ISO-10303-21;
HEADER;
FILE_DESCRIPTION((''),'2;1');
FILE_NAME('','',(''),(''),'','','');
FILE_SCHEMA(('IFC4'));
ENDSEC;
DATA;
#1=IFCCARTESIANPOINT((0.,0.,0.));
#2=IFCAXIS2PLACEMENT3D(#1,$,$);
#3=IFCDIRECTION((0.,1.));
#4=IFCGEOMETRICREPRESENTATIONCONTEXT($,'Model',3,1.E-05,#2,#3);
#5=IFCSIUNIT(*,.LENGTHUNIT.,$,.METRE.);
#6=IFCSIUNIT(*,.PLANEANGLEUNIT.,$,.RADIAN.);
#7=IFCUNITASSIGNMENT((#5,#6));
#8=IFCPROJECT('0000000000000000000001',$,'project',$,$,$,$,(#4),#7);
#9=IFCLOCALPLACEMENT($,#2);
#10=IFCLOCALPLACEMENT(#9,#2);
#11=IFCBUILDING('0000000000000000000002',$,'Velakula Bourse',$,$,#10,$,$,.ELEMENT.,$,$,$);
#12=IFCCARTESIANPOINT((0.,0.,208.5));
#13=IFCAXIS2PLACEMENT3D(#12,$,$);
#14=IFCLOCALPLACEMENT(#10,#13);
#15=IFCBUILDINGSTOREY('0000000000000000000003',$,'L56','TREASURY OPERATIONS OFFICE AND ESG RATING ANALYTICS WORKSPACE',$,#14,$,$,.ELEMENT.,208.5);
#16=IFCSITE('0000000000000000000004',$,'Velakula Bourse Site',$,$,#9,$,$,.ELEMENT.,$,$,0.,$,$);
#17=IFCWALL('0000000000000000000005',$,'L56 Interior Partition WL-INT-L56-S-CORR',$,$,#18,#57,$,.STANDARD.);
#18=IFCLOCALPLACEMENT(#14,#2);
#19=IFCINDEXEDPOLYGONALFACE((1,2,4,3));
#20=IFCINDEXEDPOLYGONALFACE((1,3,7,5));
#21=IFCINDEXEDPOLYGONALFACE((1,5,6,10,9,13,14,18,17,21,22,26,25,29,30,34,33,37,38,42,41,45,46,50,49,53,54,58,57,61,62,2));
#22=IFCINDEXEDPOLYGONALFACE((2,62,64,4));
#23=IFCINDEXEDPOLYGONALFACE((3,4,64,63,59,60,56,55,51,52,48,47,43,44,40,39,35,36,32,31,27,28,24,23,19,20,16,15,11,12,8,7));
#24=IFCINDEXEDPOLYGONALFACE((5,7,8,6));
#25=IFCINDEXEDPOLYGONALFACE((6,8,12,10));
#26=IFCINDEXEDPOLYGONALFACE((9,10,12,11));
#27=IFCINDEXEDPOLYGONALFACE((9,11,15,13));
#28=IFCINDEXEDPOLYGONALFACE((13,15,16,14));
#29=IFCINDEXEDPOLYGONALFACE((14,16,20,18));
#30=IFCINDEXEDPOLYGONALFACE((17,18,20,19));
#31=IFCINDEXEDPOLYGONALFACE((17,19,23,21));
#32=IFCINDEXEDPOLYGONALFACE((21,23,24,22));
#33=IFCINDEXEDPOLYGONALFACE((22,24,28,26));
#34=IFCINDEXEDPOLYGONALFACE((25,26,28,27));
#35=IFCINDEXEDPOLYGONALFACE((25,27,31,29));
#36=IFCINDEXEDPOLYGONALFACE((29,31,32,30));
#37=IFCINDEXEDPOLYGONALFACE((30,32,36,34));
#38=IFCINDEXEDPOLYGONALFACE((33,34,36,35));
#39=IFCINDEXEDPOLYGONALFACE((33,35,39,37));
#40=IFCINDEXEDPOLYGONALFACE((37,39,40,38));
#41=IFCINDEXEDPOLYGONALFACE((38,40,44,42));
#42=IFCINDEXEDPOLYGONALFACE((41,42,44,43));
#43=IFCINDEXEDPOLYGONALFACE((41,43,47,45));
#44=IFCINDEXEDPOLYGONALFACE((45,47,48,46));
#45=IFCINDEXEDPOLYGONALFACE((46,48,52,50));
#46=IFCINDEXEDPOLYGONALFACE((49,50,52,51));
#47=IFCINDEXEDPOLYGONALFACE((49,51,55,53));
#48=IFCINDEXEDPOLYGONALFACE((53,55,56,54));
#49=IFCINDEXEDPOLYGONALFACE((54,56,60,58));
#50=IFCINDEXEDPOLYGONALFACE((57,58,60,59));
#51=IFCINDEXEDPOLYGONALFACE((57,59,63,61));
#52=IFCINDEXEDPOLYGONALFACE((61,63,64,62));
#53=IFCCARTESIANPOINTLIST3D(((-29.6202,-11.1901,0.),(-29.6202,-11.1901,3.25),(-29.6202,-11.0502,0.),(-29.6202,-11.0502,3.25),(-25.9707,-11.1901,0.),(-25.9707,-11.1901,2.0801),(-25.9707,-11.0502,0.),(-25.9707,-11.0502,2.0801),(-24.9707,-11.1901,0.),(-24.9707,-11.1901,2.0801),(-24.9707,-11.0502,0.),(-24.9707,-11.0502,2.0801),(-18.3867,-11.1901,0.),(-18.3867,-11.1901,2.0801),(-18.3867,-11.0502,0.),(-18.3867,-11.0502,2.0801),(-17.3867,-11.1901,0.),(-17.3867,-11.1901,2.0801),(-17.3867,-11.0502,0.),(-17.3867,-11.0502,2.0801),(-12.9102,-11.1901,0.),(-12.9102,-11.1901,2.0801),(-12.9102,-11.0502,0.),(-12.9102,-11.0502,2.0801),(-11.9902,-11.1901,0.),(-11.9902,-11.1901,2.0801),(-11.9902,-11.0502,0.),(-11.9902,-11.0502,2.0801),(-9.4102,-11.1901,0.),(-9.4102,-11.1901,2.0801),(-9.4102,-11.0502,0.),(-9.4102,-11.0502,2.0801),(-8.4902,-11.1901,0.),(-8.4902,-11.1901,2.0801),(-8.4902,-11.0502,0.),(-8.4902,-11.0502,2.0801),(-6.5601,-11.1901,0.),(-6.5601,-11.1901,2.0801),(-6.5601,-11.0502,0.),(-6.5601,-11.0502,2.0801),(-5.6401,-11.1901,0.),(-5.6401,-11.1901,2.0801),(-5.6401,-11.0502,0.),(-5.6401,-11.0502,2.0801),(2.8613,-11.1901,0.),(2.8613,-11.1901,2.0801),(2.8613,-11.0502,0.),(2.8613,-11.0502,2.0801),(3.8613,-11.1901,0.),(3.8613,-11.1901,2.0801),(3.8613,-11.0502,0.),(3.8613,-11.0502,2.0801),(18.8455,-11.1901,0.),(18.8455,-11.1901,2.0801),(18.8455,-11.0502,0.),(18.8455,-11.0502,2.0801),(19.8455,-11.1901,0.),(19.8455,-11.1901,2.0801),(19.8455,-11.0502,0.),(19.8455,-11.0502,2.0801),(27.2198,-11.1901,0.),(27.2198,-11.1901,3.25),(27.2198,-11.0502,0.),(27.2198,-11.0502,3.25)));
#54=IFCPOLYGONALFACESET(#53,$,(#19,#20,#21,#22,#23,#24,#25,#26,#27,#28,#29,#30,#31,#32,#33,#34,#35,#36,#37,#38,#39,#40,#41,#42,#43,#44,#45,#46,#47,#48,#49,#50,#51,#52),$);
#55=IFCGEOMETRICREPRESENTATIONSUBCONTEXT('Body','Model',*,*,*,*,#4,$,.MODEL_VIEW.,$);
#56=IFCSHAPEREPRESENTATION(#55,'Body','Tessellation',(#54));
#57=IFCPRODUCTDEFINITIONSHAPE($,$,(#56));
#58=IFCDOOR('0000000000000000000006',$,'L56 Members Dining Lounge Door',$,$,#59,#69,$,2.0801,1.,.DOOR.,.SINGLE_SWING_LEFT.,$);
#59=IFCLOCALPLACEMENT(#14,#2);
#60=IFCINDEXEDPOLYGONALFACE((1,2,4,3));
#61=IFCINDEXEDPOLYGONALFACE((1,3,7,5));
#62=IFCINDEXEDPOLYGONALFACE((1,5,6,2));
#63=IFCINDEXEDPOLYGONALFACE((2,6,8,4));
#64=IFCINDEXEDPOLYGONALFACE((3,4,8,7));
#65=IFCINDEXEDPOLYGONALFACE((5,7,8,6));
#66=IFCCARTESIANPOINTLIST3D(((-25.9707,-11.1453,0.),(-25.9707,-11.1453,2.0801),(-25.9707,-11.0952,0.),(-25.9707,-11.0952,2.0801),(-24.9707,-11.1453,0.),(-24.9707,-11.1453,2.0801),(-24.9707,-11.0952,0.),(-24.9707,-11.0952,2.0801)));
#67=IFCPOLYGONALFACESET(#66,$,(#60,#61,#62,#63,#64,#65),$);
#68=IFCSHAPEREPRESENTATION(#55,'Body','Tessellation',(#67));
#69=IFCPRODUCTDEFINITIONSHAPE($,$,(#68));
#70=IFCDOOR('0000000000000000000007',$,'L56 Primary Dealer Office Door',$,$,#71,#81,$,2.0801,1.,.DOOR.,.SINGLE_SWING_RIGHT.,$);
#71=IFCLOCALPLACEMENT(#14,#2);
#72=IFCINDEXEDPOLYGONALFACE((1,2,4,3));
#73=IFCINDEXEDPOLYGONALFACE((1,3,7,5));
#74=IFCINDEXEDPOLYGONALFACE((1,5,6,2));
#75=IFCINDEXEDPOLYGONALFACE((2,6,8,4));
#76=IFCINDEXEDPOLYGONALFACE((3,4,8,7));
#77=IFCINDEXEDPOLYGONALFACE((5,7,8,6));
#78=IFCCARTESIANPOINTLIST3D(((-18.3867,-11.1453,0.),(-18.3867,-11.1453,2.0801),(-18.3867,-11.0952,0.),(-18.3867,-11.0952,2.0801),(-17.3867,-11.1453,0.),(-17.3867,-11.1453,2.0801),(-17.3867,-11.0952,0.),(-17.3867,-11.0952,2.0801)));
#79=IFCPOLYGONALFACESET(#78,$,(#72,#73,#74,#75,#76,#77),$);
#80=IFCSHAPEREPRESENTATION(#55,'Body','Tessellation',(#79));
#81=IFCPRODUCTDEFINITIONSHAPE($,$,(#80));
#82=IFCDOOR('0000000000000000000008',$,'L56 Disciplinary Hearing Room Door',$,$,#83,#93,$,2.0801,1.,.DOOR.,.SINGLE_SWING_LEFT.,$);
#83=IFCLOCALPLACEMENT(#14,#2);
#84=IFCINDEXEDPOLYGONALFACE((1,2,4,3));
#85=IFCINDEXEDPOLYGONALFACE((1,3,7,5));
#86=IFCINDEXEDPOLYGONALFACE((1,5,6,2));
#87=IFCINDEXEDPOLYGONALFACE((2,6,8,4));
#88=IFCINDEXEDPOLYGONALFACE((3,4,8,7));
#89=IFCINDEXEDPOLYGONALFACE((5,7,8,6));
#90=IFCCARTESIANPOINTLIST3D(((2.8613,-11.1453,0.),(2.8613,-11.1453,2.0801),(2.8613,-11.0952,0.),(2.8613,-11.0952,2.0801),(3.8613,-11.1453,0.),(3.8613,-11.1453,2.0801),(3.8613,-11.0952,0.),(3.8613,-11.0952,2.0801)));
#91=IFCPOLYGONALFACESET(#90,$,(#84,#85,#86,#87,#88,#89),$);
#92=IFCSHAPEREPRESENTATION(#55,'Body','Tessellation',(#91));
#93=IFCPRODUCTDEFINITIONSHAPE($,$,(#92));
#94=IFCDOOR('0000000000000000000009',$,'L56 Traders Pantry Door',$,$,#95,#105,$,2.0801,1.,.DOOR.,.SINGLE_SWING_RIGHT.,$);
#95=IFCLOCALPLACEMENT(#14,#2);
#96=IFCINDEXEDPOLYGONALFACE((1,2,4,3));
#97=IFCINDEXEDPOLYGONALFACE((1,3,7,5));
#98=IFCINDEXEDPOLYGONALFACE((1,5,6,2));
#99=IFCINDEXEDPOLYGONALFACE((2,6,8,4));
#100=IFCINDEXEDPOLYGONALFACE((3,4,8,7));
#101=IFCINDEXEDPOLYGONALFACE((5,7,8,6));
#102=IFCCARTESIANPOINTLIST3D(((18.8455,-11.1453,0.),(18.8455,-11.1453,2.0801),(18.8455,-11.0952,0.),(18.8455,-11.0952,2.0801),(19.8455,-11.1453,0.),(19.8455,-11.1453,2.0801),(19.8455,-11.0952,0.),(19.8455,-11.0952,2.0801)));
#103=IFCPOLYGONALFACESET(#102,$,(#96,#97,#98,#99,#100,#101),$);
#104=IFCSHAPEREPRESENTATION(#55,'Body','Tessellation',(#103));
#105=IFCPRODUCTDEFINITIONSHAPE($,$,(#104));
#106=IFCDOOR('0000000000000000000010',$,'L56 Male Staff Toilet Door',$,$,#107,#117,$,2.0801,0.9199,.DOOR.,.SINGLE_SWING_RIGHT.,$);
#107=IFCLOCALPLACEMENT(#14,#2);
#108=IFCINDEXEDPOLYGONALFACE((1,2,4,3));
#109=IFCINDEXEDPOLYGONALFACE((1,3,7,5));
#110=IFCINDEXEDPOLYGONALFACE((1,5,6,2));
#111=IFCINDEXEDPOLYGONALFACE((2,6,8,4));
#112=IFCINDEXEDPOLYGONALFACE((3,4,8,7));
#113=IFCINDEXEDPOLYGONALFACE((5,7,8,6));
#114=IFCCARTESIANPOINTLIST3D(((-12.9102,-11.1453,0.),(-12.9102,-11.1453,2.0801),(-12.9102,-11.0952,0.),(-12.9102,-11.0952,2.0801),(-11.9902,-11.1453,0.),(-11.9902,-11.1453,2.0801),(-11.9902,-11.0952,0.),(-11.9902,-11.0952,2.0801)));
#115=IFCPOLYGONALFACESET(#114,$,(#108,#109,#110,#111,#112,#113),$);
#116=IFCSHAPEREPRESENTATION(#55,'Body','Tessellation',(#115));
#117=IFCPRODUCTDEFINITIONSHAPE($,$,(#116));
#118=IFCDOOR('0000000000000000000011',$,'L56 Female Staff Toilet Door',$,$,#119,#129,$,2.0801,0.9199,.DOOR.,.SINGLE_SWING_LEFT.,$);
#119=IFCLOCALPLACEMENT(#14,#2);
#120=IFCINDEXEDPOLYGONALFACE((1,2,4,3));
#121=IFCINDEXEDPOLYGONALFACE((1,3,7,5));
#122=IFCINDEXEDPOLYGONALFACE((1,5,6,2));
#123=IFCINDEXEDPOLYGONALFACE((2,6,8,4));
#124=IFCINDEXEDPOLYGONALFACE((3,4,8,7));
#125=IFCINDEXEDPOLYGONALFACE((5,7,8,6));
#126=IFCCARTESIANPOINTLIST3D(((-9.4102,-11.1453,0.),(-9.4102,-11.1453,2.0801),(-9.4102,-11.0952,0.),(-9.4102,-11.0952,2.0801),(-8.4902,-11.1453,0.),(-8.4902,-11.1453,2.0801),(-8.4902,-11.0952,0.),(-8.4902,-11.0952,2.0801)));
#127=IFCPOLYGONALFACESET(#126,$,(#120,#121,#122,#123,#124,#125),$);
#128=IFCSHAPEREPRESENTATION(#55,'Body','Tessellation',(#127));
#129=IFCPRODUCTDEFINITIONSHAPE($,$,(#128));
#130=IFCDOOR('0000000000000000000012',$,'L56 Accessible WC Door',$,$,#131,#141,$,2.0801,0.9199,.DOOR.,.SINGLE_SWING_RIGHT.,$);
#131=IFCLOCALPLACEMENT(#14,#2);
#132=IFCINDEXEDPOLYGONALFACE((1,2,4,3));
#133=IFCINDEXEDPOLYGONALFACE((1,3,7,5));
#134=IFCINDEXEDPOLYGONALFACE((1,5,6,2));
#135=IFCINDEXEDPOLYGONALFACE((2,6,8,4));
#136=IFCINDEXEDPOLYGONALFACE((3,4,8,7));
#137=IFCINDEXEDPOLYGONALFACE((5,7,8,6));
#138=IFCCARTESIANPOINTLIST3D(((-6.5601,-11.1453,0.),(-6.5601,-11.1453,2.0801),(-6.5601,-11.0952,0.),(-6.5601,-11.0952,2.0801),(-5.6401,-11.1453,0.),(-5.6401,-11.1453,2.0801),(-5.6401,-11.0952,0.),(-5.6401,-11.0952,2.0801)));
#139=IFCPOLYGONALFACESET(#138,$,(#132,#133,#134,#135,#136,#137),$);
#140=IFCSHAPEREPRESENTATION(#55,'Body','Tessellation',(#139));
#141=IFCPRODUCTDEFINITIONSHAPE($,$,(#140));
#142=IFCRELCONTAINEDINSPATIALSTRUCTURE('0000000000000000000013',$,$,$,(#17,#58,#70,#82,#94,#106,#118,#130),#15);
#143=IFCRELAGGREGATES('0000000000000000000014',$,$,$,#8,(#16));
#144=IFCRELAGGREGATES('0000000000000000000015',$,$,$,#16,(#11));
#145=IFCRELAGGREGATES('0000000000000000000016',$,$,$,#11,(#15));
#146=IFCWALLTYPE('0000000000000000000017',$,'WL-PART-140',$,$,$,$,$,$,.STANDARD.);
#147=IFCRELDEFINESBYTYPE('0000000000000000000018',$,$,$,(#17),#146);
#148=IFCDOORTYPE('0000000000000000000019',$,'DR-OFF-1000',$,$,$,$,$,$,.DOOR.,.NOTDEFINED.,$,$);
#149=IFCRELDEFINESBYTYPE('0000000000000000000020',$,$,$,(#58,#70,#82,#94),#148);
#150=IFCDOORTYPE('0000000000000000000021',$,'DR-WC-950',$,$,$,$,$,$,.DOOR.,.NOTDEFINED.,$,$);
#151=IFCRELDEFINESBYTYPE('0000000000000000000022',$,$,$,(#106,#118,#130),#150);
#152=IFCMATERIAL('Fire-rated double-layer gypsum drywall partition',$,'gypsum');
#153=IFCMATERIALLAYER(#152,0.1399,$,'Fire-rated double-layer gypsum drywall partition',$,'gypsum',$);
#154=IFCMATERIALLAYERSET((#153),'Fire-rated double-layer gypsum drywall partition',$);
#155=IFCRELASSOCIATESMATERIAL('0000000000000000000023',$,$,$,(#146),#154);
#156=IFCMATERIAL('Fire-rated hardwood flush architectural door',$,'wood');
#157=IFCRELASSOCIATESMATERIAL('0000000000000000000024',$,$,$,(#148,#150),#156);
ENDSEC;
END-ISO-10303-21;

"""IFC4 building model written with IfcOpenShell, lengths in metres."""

from ifc_helpers import new_model, si_unit, direction, frame, frame_2d, origin, place, context, subcontext, project, spatial, rectangle, extrude, material, layer, layer_set, type_object, element, fill, save


model = new_model("IFC4")

# Units and contexts
model_context = context("Model", 3, precision=1e-05, world=origin(), true_north=direction((0.0, 1.0)))
body_context = subcontext(model_context, "Body", "Model", "MODEL_VIEW")
ifc_project = project(units=[si_unit("LENGTHUNIT", "METRE"), si_unit("PLANEANGLEUNIT", "RADIAN")], contexts=[model_context])

# Site, building, storey
site_placement = place(None, origin())
site = spatial("IfcSite", under=ifc_project, at=site_placement, Name="Velakula Bourse Site", CompositionType="ELEMENT", RefElevation=0.0)
building_placement = place(site_placement, origin())
building = spatial("IfcBuilding", under=site, at=building_placement, Name="Velakula Bourse", CompositionType="ELEMENT")
storey_placement = place(building_placement, frame((0.0, 0.0, 208.5)))
storey = spatial("IfcBuildingStorey", under=building, at=storey_placement, Name="L56", Description="TREASURY OPERATIONS OFFICE AND ESG RATING ANALYTICS WORKSPACE", CompositionType="ELEMENT", Elevation=208.5)

# Wall, openings, doors
ifc_material_1 = material(Name="Fire-rated double-layer gypsum drywall partition", Category="gypsum")
ifc_layer_1 = layer(ifc_material_1, 0.1399, Name="Fire-rated double-layer gypsum drywall partition", Category="gypsum")
ifc_layer_set_1 = layer_set([ifc_layer_1], Name="Fire-rated double-layer gypsum drywall partition")
wall_type_1 = type_object("IfcWallType", Name="WL-PART-140", PredefinedType="STANDARD", material=ifc_layer_set_1)
wall_1_placement = place(storey_placement, frame((-29.6201, -11.1201, 0.0), z_axis=(0.0, 0.0, 1.0), x_axis=(1.0, 0.0, 0.0)))
wall_1 = element("IfcWall", 1, at=wall_1_placement, inside=storey, type_object=wall_type_1, Name="L56 Interior Partition WL-INT-L56-S-CORR", PredefinedType="STANDARD", context=body_context, shape_type="SweptSolid", body=[
    extrude(rectangle(XDim=56.8401, YDim=0.1399, at=frame_2d((28.4199, 0.0))), origin(), (0.0, 0.0, 1.0), 3.25),
])
opening_1_placement = place(wall_1_placement, frame((16.71, 0.0, 0.0)))
opening_1 = element("IfcOpeningElement", 2, at=opening_1_placement, cuts=wall_1, PredefinedType="OPENING", context=body_context, shape_type="SweptSolid", body=[
    extrude(rectangle(XDim=0.9199, YDim=2.0801, at=frame_2d((0.46, 1.04))), frame((0.0, 0.0798, 0.0), z_axis=(0.0, -1.0, 0.0), x_axis=(1.0, 0.0, 0.0)), (0.0, 0.0, 1.0), 0.1599),
])
opening_2_placement = place(wall_1_placement, frame((20.21, 0.0, 0.0)))
opening_2 = element("IfcOpeningElement", 3, at=opening_2_placement, cuts=wall_1, PredefinedType="OPENING", context=body_context, shape_type="SweptSolid", body=[
    extrude(rectangle(XDim=0.9199, YDim=2.0801, at=frame_2d((0.46, 1.04))), frame((0.0, 0.0798, 0.0), z_axis=(0.0, -1.0, 0.0), x_axis=(1.0, 0.0, 0.0)), (0.0, 0.0, 1.0), 0.1599),
])
opening_3_placement = place(wall_1_placement, frame((23.0601, 0.0, 0.0)))
opening_3 = element("IfcOpeningElement", 4, at=opening_3_placement, cuts=wall_1, PredefinedType="OPENING", context=body_context, shape_type="SweptSolid", body=[
    extrude(rectangle(XDim=0.9199, YDim=2.0801, at=frame_2d((0.46, 1.04))), frame((0.0, 0.0798, 0.0), z_axis=(0.0, -1.0, 0.0), x_axis=(1.0, 0.0, 0.0)), (0.0, 0.0, 1.0), 0.1599),
])
opening_4_placement = place(wall_1_placement, frame((3.6494, 0.0, 0.0)))
opening_4 = element("IfcOpeningElement", 5, at=opening_4_placement, cuts=wall_1, PredefinedType="OPENING", context=body_context, shape_type="SweptSolid", body=[
    extrude(rectangle(XDim=1.0, YDim=2.0801, at=frame_2d((0.5, 1.04))), frame((0.0, 0.0798, 0.0), z_axis=(0.0, -1.0, 0.0), x_axis=(1.0, 0.0, 0.0)), (0.0, 0.0, 1.0), 0.1599),
])
opening_5_placement = place(wall_1_placement, frame((11.2334, 0.0, 0.0)))
opening_5 = element("IfcOpeningElement", 6, at=opening_5_placement, cuts=wall_1, PredefinedType="OPENING", context=body_context, shape_type="SweptSolid", body=[
    extrude(rectangle(XDim=1.0, YDim=2.0801, at=frame_2d((0.5, 1.04))), frame((0.0, 0.0798, 0.0), z_axis=(0.0, -1.0, 0.0), x_axis=(1.0, 0.0, 0.0)), (0.0, 0.0, 1.0), 0.1599),
])
opening_6_placement = place(wall_1_placement, frame((32.4814, 0.0, 0.0)))
opening_6 = element("IfcOpeningElement", 7, at=opening_6_placement, cuts=wall_1, PredefinedType="OPENING", context=body_context, shape_type="SweptSolid", body=[
    extrude(rectangle(XDim=1.0, YDim=2.0801, at=frame_2d((0.5, 1.04))), frame((0.0, 0.0798, 0.0), z_axis=(0.0, -1.0, 0.0), x_axis=(1.0, 0.0, 0.0)), (0.0, 0.0, 1.0), 0.1599),
])
opening_7_placement = place(wall_1_placement, frame((48.4656, 0.0, 0.0)))
opening_7 = element("IfcOpeningElement", 8, at=opening_7_placement, cuts=wall_1, PredefinedType="OPENING", context=body_context, shape_type="SweptSolid", body=[
    extrude(rectangle(XDim=1.0, YDim=2.0801, at=frame_2d((0.5, 1.04))), frame((0.0, 0.0798, 0.0), z_axis=(0.0, -1.0, 0.0), x_axis=(1.0, 0.0, 0.0)), (0.0, 0.0, 1.0), 0.1599),
])
ifc_material_2 = material(Name="Fire-rated hardwood flush architectural door", Category="wood")
door_type_1 = type_object("IfcDoorType", Name="DR-OFF-1000", OperationType="NOTDEFINED", PredefinedType="DOOR", material=ifc_material_2)
door_1_placement = place(opening_4_placement, origin())
door_1 = element("IfcDoor", 9, at=door_1_placement, inside=storey, type_object=door_type_1, Name="L56 Members Dining Lounge Door", OperationType="SINGLE_SWING_LEFT", OverallHeight=2.0801, OverallWidth=1.0, PredefinedType="DOOR", context=body_context, shape_type="SweptSolid", body=[
    extrude(rectangle(XDim=1.0, YDim=2.0801, at=frame_2d((0.5, 1.04))), frame((0.0, 0.0249, 0.0), z_axis=(0.0, -1.0, 0.0), x_axis=(1.0, 0.0, 0.0)), (0.0, 0.0, 1.0), 0.05),
])
fill(opening_4, door_1)
door_2_placement = place(opening_5_placement, origin())
door_2 = element("IfcDoor", 10, at=door_2_placement, inside=storey, type_object=door_type_1, Name="L56 Primary Dealer Office Door", OperationType="SINGLE_SWING_RIGHT", OverallHeight=2.0801, OverallWidth=1.0, PredefinedType="DOOR", context=body_context, shape_type="SweptSolid", body=[
    extrude(rectangle(XDim=1.0, YDim=2.0801, at=frame_2d((0.5, 1.04))), frame((0.0, 0.0249, 0.0), z_axis=(0.0, -1.0, 0.0), x_axis=(1.0, 0.0, 0.0)), (0.0, 0.0, 1.0), 0.05),
])
fill(opening_5, door_2)
door_3_placement = place(opening_6_placement, origin())
door_3 = element("IfcDoor", 11, at=door_3_placement, inside=storey, type_object=door_type_1, Name="L56 Disciplinary Hearing Room Door", OperationType="SINGLE_SWING_LEFT", OverallHeight=2.0801, OverallWidth=1.0, PredefinedType="DOOR", context=body_context, shape_type="SweptSolid", body=[
    extrude(rectangle(XDim=1.0, YDim=2.0801, at=frame_2d((0.5, 1.04))), frame((0.0, 0.0249, 0.0), z_axis=(0.0, -1.0, 0.0), x_axis=(1.0, 0.0, 0.0)), (0.0, 0.0, 1.0), 0.05),
])
fill(opening_6, door_3)
door_4_placement = place(opening_7_placement, origin())
door_4 = element("IfcDoor", 12, at=door_4_placement, inside=storey, type_object=door_type_1, Name="L56 Traders Pantry Door", OperationType="SINGLE_SWING_RIGHT", OverallHeight=2.0801, OverallWidth=1.0, PredefinedType="DOOR", context=body_context, shape_type="SweptSolid", body=[
    extrude(rectangle(XDim=1.0, YDim=2.0801, at=frame_2d((0.5, 1.04))), frame((0.0, 0.0249, 0.0), z_axis=(0.0, -1.0, 0.0), x_axis=(1.0, 0.0, 0.0)), (0.0, 0.0, 1.0), 0.05),
])
fill(opening_7, door_4)
door_type_2 = type_object("IfcDoorType", Name="DR-WC-950", OperationType="NOTDEFINED", PredefinedType="DOOR", material=ifc_material_2)
door_5_placement = place(opening_1_placement, origin())
door_5 = element("IfcDoor", 13, at=door_5_placement, inside=storey, type_object=door_type_2, Name="L56 Male Staff Toilet Door", OperationType="SINGLE_SWING_RIGHT", OverallHeight=2.0801, OverallWidth=0.9199, PredefinedType="DOOR", context=body_context, shape_type="SweptSolid", body=[
    extrude(rectangle(XDim=0.9199, YDim=2.0801, at=frame_2d((0.46, 1.04))), frame((0.0, 0.0249, 0.0), z_axis=(0.0, -1.0, 0.0), x_axis=(1.0, 0.0, 0.0)), (0.0, 0.0, 1.0), 0.05),
])
fill(opening_1, door_5)
door_6_placement = place(opening_2_placement, origin())
door_6 = element("IfcDoor", 14, at=door_6_placement, inside=storey, type_object=door_type_2, Name="L56 Female Staff Toilet Door", OperationType="SINGLE_SWING_LEFT", OverallHeight=2.0801, OverallWidth=0.9199, PredefinedType="DOOR", context=body_context, shape_type="SweptSolid", body=[
    extrude(rectangle(XDim=0.9199, YDim=2.0801, at=frame_2d((0.46, 1.04))), frame((0.0, 0.0249, 0.0), z_axis=(0.0, -1.0, 0.0), x_axis=(1.0, 0.0, 0.0)), (0.0, 0.0, 1.0), 0.05),
])
fill(opening_2, door_6)
door_7_placement = place(opening_3_placement, origin())
door_7 = element("IfcDoor", 15, at=door_7_placement, inside=storey, type_object=door_type_2, Name="L56 Accessible WC Door", OperationType="SINGLE_SWING_RIGHT", OverallHeight=2.0801, OverallWidth=0.9199, PredefinedType="DOOR", context=body_context, shape_type="SweptSolid", body=[
    extrude(rectangle(XDim=0.9199, YDim=2.0801, at=frame_2d((0.46, 1.04))), frame((0.0, 0.0249, 0.0), z_axis=(0.0, -1.0, 0.0), x_axis=(1.0, 0.0, 0.0)), (0.0, 0.0, 1.0), 0.05),
])
fill(opening_3, door_7)

save(model, "model.ifc")
